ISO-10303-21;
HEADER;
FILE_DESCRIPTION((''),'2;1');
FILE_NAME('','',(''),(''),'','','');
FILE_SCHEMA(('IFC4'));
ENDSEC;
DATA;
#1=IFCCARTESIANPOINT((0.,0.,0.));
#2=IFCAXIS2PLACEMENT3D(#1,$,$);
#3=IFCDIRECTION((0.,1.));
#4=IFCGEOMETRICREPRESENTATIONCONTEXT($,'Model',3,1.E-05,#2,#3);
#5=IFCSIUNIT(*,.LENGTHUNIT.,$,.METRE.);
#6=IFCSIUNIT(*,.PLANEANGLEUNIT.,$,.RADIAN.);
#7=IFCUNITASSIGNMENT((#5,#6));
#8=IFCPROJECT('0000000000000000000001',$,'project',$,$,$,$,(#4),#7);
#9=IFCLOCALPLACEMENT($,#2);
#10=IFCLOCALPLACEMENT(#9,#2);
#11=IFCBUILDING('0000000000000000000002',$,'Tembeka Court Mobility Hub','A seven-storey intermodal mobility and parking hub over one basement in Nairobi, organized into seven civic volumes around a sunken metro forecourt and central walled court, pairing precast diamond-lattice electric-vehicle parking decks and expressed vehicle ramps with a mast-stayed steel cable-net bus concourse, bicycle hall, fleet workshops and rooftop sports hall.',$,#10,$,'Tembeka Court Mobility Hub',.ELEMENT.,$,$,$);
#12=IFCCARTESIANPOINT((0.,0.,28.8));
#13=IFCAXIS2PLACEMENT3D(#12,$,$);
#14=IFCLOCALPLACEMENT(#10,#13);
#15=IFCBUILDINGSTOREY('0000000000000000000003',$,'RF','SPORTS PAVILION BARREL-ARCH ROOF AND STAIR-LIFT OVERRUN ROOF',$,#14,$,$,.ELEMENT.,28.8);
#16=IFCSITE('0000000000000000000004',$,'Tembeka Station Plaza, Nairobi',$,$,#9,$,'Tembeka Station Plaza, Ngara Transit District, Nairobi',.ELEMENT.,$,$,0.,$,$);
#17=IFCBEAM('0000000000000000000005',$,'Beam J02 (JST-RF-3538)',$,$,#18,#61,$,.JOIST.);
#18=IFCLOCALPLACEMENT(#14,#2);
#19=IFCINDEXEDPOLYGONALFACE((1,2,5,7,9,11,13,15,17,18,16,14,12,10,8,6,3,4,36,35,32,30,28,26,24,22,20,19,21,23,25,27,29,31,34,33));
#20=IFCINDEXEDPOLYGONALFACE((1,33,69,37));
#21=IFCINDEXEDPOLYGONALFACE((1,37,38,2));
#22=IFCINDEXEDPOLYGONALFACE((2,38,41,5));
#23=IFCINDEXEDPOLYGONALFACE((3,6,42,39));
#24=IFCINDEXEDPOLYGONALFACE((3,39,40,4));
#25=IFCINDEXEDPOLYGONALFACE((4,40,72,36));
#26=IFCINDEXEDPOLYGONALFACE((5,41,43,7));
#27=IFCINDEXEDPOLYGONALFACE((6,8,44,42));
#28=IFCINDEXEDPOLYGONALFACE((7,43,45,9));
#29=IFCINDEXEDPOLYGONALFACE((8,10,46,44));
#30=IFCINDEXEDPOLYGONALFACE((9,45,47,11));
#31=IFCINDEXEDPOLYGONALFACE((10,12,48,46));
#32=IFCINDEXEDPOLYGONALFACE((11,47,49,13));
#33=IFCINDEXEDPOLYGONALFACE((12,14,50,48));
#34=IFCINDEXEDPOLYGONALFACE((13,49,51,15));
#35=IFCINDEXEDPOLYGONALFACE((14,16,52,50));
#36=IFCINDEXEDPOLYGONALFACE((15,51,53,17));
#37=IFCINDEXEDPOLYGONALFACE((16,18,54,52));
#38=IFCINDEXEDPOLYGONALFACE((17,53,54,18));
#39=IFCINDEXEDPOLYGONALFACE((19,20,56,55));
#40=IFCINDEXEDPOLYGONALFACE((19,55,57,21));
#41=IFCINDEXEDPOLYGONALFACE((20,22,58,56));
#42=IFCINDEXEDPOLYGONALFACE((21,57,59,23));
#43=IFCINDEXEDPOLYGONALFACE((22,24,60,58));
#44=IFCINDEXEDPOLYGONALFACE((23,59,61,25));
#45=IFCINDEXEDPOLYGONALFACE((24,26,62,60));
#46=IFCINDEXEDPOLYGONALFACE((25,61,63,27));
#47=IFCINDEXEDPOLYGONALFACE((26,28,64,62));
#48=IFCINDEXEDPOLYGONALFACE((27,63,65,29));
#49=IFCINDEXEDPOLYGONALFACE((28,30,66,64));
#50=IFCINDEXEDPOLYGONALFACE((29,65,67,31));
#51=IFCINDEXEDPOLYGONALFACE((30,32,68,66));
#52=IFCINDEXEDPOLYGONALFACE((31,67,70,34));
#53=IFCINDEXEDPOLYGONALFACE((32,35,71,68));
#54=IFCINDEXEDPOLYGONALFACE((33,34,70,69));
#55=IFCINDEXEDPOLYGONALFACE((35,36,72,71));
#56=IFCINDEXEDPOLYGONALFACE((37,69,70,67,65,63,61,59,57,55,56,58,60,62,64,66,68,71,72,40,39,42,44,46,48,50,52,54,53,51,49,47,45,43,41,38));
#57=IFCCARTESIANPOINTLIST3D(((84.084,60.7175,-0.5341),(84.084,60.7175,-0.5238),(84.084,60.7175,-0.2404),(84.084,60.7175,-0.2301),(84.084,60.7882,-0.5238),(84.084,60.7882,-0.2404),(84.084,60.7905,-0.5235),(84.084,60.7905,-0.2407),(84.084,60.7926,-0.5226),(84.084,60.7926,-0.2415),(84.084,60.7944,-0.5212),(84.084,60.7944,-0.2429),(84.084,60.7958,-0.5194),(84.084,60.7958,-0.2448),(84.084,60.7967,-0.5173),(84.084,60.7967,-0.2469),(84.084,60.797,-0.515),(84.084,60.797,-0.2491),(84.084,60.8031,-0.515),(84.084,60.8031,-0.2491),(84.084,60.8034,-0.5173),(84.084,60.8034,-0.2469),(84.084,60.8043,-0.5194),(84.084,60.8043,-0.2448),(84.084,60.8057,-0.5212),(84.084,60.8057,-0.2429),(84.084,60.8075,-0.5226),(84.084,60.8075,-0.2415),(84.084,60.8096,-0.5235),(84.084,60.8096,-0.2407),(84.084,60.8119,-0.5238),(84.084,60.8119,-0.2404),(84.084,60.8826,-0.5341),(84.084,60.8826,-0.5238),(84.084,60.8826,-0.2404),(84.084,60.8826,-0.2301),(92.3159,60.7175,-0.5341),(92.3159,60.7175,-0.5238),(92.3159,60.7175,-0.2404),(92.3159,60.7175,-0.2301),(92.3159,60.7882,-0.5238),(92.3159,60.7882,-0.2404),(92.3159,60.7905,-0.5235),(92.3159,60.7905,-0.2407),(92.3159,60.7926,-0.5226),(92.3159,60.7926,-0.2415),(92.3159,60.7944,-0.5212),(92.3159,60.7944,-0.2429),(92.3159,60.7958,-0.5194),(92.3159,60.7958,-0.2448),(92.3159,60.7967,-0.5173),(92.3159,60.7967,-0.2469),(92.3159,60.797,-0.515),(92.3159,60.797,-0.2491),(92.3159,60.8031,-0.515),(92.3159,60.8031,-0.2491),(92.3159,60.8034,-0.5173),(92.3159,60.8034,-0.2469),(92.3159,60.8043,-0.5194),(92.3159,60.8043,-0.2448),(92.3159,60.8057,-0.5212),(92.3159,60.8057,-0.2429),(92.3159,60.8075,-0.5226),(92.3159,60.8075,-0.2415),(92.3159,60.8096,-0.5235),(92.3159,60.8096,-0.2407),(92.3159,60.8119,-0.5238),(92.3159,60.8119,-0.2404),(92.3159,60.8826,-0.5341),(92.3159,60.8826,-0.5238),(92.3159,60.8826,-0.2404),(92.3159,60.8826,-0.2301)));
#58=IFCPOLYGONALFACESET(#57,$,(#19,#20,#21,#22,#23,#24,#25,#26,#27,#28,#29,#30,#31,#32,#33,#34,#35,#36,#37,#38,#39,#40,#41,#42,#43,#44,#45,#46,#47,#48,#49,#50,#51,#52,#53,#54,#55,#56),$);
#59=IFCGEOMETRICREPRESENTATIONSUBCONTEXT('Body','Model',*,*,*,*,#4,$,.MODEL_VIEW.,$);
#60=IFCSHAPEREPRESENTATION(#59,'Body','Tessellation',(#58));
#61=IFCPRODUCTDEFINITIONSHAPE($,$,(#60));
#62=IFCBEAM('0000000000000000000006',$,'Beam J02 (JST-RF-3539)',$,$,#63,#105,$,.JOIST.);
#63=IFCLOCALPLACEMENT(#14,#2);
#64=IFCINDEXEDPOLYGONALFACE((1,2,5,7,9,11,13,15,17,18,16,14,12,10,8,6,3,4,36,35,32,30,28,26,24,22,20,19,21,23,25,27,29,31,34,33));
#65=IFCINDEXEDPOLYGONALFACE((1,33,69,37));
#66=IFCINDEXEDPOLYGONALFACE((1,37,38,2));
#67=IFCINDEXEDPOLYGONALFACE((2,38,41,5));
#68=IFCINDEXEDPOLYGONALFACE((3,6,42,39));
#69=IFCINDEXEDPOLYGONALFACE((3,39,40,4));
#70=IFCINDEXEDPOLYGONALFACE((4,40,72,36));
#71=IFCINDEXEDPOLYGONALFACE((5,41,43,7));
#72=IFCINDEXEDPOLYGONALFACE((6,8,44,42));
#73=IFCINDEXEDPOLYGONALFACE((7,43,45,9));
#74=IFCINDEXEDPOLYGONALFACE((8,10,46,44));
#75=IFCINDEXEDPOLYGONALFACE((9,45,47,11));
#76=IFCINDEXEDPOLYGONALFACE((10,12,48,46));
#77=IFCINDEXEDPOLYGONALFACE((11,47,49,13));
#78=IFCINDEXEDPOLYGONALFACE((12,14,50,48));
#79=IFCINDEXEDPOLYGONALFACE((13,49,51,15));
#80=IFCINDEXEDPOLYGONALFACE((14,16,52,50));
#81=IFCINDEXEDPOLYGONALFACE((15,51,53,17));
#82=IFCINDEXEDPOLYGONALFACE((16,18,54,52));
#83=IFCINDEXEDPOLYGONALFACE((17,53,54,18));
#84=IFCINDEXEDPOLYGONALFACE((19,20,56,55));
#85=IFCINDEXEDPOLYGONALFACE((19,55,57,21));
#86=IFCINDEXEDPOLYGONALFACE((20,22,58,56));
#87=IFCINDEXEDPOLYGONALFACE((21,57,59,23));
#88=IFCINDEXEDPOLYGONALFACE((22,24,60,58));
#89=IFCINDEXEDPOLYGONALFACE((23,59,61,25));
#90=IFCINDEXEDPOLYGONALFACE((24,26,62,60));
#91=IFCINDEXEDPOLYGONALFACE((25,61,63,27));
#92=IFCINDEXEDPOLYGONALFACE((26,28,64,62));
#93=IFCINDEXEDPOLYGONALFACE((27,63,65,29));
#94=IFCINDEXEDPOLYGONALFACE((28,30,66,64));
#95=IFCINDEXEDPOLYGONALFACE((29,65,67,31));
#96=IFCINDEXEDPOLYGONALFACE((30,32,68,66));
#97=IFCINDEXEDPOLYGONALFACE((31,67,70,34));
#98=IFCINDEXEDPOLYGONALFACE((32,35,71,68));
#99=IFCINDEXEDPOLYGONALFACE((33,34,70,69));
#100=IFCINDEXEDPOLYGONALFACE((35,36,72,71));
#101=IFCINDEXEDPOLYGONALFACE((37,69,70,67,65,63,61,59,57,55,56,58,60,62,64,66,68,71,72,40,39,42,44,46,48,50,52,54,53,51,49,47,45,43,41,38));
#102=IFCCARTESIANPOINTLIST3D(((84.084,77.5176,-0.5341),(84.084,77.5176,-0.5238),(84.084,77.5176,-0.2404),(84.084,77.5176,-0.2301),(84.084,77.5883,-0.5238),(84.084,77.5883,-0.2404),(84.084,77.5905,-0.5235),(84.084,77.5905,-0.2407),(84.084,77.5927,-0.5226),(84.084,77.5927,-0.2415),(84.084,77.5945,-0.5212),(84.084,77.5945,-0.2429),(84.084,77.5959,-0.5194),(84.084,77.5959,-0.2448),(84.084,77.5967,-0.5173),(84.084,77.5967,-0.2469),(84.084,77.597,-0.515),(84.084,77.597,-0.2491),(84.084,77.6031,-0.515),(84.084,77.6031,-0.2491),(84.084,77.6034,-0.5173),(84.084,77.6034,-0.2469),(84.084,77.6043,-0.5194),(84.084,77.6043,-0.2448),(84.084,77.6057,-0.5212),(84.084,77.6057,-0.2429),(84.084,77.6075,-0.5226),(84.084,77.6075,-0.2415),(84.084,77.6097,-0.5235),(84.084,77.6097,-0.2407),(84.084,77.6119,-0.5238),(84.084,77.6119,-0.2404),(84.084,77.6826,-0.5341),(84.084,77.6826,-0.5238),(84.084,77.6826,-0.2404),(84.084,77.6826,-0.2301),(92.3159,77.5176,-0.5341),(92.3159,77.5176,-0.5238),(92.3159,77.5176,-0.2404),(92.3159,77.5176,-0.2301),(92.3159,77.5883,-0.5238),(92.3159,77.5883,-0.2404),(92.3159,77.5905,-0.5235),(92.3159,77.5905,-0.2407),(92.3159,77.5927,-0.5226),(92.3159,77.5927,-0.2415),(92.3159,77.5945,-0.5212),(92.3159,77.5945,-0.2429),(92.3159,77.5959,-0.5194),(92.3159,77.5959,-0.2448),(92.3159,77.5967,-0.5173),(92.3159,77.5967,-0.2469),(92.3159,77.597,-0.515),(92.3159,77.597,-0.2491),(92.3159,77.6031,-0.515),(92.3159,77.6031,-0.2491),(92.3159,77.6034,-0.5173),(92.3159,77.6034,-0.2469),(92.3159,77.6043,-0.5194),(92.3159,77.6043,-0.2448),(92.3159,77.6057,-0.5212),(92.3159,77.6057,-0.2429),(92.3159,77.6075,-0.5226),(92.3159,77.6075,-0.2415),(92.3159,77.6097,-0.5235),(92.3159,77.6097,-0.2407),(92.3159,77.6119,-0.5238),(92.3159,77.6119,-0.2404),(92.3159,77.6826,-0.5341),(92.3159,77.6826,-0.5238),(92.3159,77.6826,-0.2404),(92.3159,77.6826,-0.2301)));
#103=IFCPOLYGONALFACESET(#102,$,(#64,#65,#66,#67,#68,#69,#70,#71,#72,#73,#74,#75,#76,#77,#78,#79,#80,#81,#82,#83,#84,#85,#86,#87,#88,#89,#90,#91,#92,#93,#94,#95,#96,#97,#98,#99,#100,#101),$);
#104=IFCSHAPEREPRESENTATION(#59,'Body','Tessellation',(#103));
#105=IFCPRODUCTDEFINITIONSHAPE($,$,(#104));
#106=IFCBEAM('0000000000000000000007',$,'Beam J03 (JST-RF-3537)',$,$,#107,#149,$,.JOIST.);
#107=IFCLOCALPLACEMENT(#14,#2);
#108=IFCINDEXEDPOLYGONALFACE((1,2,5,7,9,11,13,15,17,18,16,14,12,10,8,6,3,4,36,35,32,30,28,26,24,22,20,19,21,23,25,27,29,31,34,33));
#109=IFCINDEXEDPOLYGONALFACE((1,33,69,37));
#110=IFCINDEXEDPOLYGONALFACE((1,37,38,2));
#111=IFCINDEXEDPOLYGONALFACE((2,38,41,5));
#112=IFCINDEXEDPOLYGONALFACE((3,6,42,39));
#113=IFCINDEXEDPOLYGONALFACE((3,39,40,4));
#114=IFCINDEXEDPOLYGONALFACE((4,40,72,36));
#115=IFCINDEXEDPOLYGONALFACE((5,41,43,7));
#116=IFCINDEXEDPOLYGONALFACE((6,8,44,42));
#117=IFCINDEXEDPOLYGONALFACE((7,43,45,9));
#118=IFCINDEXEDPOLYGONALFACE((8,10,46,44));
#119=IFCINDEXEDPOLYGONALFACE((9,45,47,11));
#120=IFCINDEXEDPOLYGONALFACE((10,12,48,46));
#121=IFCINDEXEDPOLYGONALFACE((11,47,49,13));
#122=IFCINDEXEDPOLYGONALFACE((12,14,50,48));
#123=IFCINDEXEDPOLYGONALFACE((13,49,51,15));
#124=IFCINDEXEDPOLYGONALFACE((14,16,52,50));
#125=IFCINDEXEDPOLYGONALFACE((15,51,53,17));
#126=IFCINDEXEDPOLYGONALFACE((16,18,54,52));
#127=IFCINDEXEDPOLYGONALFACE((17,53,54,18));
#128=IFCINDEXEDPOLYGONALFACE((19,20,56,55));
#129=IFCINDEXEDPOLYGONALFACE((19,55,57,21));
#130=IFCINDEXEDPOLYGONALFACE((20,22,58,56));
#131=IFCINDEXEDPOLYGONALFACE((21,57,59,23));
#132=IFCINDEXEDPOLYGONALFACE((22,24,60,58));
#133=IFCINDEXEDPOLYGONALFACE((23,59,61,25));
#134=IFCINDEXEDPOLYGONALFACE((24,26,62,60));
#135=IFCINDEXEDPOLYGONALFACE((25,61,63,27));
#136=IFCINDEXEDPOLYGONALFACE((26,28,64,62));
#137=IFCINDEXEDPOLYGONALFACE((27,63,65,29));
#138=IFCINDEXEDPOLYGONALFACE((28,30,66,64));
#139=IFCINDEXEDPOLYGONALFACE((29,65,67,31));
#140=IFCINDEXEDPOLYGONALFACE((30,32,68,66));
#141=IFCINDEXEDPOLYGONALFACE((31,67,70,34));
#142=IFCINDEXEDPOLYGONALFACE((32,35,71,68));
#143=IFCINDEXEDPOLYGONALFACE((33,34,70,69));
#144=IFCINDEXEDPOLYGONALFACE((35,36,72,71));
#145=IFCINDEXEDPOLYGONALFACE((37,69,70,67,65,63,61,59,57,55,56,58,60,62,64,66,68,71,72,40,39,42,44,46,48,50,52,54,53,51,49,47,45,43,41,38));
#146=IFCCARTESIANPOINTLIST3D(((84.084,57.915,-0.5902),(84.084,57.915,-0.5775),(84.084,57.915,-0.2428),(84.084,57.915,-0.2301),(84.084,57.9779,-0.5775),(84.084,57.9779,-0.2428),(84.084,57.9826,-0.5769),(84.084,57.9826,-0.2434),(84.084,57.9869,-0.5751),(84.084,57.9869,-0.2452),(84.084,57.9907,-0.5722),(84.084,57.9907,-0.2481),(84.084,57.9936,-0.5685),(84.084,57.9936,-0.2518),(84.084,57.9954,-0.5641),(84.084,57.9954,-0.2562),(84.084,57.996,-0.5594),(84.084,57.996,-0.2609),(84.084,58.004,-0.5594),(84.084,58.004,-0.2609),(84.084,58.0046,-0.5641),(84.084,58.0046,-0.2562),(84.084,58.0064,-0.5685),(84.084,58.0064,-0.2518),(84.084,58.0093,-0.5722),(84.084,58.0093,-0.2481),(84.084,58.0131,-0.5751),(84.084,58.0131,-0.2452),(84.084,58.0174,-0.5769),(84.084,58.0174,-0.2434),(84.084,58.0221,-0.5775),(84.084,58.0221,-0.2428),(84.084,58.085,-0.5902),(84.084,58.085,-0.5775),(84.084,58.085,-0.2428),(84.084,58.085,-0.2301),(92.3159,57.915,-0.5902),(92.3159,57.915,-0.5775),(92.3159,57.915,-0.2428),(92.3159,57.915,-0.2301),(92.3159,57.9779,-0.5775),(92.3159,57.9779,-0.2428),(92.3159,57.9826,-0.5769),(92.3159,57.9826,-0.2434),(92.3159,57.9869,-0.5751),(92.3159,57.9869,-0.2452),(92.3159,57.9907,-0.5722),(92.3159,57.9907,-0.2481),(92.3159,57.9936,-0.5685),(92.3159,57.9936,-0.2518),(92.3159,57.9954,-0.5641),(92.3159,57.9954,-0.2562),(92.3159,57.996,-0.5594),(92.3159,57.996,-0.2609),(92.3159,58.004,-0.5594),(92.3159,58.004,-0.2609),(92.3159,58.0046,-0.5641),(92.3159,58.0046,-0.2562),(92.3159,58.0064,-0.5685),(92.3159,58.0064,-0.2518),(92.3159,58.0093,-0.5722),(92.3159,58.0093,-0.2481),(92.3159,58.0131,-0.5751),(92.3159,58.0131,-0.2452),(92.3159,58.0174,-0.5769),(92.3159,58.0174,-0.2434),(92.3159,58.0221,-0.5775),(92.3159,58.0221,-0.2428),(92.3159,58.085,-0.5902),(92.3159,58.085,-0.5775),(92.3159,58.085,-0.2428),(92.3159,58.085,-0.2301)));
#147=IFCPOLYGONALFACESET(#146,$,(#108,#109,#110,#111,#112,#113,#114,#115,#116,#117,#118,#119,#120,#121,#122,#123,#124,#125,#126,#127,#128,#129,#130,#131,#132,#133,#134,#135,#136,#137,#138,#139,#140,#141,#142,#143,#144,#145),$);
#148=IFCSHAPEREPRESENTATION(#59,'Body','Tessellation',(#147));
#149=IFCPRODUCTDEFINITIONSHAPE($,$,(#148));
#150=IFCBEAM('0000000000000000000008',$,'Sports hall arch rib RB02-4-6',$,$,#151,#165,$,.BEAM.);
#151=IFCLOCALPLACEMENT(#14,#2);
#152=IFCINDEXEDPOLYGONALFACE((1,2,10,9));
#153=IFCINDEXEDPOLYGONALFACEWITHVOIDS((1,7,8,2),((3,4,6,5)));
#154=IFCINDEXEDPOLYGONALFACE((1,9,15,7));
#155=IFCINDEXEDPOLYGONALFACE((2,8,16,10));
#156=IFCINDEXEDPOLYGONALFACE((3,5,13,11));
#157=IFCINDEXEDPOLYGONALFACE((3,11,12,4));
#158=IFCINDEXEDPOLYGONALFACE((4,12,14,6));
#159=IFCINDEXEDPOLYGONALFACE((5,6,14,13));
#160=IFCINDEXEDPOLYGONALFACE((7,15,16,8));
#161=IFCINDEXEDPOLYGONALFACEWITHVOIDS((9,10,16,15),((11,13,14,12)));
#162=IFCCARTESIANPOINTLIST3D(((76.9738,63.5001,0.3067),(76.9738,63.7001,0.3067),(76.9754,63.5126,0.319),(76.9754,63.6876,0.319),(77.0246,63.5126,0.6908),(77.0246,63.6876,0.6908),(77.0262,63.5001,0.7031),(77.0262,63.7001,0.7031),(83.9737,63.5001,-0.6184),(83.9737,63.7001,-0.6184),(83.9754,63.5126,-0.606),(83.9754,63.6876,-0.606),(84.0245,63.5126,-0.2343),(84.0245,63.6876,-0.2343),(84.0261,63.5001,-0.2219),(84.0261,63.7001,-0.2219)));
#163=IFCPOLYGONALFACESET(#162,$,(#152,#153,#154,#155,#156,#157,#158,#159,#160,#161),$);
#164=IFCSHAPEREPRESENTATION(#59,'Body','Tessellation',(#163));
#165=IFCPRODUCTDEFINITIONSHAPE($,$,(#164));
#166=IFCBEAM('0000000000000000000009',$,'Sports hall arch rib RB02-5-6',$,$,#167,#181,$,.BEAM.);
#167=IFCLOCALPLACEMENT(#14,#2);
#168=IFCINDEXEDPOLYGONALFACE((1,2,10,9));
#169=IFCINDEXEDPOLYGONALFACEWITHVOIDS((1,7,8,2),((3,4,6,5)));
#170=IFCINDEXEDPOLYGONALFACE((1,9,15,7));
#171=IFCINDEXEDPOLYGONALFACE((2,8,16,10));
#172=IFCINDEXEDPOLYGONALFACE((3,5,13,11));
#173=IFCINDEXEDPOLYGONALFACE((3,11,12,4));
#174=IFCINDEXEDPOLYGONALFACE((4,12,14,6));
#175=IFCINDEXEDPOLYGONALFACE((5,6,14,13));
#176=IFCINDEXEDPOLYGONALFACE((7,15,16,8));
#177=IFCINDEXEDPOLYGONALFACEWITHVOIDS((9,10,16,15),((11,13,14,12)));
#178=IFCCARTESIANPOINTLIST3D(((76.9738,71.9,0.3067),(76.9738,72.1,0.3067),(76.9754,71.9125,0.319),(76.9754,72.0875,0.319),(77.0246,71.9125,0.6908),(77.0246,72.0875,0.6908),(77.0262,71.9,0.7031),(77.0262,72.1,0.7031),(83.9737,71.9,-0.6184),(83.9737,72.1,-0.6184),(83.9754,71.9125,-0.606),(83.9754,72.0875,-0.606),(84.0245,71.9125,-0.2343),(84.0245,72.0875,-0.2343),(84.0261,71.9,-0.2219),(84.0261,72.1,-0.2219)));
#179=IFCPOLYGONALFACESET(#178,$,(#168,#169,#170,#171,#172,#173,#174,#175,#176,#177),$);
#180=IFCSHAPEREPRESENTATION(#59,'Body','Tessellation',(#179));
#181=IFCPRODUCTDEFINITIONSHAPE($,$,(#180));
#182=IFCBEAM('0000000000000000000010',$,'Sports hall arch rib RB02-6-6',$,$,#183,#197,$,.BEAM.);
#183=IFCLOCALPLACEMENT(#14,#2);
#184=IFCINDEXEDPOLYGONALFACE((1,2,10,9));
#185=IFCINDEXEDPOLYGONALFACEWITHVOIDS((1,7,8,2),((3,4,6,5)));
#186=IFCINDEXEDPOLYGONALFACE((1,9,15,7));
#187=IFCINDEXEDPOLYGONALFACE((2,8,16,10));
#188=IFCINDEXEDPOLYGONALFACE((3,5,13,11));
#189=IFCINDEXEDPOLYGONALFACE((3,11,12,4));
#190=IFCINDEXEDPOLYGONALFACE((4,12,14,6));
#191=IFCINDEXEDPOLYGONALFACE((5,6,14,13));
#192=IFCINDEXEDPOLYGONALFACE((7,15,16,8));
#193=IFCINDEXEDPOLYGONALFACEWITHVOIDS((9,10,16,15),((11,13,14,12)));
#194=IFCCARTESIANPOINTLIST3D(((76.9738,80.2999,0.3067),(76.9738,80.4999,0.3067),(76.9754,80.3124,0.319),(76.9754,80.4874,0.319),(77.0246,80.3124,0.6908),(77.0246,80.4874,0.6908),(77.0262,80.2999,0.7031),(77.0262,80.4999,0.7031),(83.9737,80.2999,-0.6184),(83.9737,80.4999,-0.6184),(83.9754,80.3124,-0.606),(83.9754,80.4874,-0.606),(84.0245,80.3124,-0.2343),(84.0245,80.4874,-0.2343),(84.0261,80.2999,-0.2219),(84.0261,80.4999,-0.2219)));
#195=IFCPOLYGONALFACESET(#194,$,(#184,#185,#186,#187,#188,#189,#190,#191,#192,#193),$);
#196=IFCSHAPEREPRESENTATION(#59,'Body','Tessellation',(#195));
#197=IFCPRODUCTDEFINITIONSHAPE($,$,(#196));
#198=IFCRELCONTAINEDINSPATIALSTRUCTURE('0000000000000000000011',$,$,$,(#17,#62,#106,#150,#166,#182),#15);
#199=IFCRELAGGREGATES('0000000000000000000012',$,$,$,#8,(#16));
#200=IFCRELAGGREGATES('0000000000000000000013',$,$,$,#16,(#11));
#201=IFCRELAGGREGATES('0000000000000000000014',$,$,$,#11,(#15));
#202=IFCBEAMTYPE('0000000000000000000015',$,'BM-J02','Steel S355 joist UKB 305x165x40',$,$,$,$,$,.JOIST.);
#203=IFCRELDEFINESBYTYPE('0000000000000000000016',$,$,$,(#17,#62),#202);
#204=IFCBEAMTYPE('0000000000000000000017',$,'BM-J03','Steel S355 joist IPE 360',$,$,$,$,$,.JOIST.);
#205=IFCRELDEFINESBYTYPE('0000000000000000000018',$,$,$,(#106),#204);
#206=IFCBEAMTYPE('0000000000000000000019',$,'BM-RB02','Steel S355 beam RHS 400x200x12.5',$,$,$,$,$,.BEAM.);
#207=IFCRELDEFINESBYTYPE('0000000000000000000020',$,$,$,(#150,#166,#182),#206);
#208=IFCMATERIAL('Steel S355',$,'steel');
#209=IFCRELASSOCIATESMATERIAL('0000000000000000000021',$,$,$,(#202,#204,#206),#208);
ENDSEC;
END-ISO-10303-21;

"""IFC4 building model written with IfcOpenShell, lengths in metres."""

from ifc_helpers import new_model, si_unit, direction, frame, origin, origin_2d, place, context, subcontext, project, spatial, hollow_rectangle, i_section, extrude, material, material_profile, profile_set, type_object, element, save


model = new_model("IFC4")

# Units and contexts
model_context = context("Model", 3, precision=1e-05, world=origin(), true_north=direction((0.0, 1.0)))
body_context = subcontext(model_context, "Body", "Model", "MODEL_VIEW")
ifc_project = project(units=[si_unit("LENGTHUNIT", "METRE"), si_unit("PLANEANGLEUNIT", "RADIAN")], contexts=[model_context])

# Site, building, storey
site_placement = place(None, origin())
site = spatial("IfcSite", under=ifc_project, at=site_placement, Name="Tembeka Station Plaza, Nairobi", LongName="Tembeka Station Plaza, Ngara Transit District, Nairobi", CompositionType="ELEMENT", RefElevation=0.0)
building_placement = place(site_placement, origin())
building = spatial("IfcBuilding", under=site, at=building_placement, Name="Tembeka Court Mobility Hub", Description="A seven-storey intermodal mobility and parking hub over one basement in Nairobi, organized into seven civic volumes around a sunken metro forecourt and central walled court, pairing precast diamond-lattice electric-vehicle parking decks and expressed vehicle ramps with a mast-stayed steel cable-net bus concourse, bicycle hall, fleet workshops and rooftop sports hall.", LongName="Tembeka Court Mobility Hub", CompositionType="ELEMENT")
storey_placement = place(building_placement, frame((0.0, 0.0, 28.8)))
storey = spatial("IfcBuildingStorey", under=building, at=storey_placement, Name="RF", Description="SPORTS PAVILION BARREL-ARCH ROOF AND STAIR-LIFT OVERRUN ROOF", CompositionType="ELEMENT", Elevation=28.8)

# Beams
ifc_material_1 = material(Name="Steel S355", Category="steel")
ifc_material_profile_1 = material_profile(ifc_material_1, i_section(OverallWidth=0.165, OverallDepth=0.304, WebThickness=0.0061, FlangeThickness=0.0103, FilletRadius=0.0088, at=origin_2d()), Name="UKB 305x165x40")
ifc_profile_set_1 = profile_set([ifc_material_profile_1], Name="Steel S355")
beam_type_1 = type_object("IfcBeamType", Name="BM-J02", Description="Steel S355 joist UKB 305x165x40", PredefinedType="JOIST", material=ifc_profile_set_1)
for number, where, z_axis, x_axis, name in (
    (1, (84.084, 60.8, -0.3821), (1.0, 0.0, 0.0), (0.0, 1.0, 0.0), "Beam J02 (JST-RF-3538)"),
    (2, (84.084, 77.6001, -0.3821), (1.0, 0.0, 0.0), (0.0, 1.0, 0.0), "Beam J02 (JST-RF-3539)"),
):
    element("IfcBeam", number, at=place(storey_placement, frame(where, z_axis=z_axis, x_axis=x_axis)), inside=storey, type_object=beam_type_1, Name=name, PredefinedType="JOIST", context=body_context, shape_type="SweptSolid", body=[
        extrude(i_section(OverallWidth=0.165, OverallDepth=0.304, WebThickness=0.0061, FlangeThickness=0.0103, FilletRadius=0.0088, at=origin_2d()), origin(), (0.0, 0.0, 1.0), 8.2319),
    ])
ifc_material_profile_2 = material_profile(ifc_material_1, i_section(OverallWidth=0.1699, OverallDepth=0.3601, WebThickness=0.0081, FlangeThickness=0.0127, FilletRadius=0.0181, at=origin_2d()), Name="IPE 360")
ifc_profile_set_2 = profile_set([ifc_material_profile_2], Name="Steel S355")
beam_type_2 = type_object("IfcBeamType", Name="BM-J03", Description="Steel S355 joist IPE 360", PredefinedType="JOIST", material=ifc_profile_set_2)
beam_placement = place(storey_placement, frame((84.084, 58.0, -0.4102), z_axis=(1.0, 0.0, 0.0), x_axis=(0.0, 1.0, 0.0)))
element("IfcBeam", 3, at=beam_placement, inside=storey, type_object=beam_type_2, Name="Beam J03 (JST-RF-3537)", PredefinedType="JOIST", context=body_context, shape_type="SweptSolid", body=[
    extrude(i_section(OverallWidth=0.1699, OverallDepth=0.3601, WebThickness=0.0081, FlangeThickness=0.0127, FilletRadius=0.0181, at=origin_2d()), origin(), (0.0, 0.0, 1.0), 8.2319),
])
ifc_material_profile_3 = material_profile(ifc_material_1, hollow_rectangle(XDim=0.2, YDim=0.3999, WallThickness=0.0125, at=origin_2d()), Name="RHS 400x200x12.5")
ifc_profile_set_3 = profile_set([ifc_material_profile_3], Name="Steel S355")
beam_type_3 = type_object("IfcBeamType", Name="BM-RB02", Description="Steel S355 beam RHS 400x200x12.5", PredefinedType="BEAM", material=ifc_profile_set_3)
for number, where, z_axis, x_axis, name in (
    (4, (77.0, 63.6001, 0.5049), (0.991381, 0.0, -0.131011), (0.0, 1.0, 0.0), "Sports hall arch rib RB02-4-6"),
    (5, (77.0, 72.0, 0.5049), (0.991381, 0.0, -0.131011), (0.0, 1.0, 0.0), "Sports hall arch rib RB02-5-6"),
    (6, (77.0, 80.3999, 0.5049), (0.991381, 0.0, -0.131011), (0.0, 1.0, 0.0), "Sports hall arch rib RB02-6-6"),
):
    element("IfcBeam", number, at=place(storey_placement, frame(where, z_axis=z_axis, x_axis=x_axis)), inside=storey, type_object=beam_type_3, Name=name, PredefinedType="BEAM", context=body_context, shape_type="SweptSolid", body=[
        extrude(hollow_rectangle(XDim=0.2, YDim=0.3999, WallThickness=0.0125, at=origin_2d()), origin(), (0.0, 0.0, 1.0), 7.0608),
    ])

save(model, "model.ifc")
